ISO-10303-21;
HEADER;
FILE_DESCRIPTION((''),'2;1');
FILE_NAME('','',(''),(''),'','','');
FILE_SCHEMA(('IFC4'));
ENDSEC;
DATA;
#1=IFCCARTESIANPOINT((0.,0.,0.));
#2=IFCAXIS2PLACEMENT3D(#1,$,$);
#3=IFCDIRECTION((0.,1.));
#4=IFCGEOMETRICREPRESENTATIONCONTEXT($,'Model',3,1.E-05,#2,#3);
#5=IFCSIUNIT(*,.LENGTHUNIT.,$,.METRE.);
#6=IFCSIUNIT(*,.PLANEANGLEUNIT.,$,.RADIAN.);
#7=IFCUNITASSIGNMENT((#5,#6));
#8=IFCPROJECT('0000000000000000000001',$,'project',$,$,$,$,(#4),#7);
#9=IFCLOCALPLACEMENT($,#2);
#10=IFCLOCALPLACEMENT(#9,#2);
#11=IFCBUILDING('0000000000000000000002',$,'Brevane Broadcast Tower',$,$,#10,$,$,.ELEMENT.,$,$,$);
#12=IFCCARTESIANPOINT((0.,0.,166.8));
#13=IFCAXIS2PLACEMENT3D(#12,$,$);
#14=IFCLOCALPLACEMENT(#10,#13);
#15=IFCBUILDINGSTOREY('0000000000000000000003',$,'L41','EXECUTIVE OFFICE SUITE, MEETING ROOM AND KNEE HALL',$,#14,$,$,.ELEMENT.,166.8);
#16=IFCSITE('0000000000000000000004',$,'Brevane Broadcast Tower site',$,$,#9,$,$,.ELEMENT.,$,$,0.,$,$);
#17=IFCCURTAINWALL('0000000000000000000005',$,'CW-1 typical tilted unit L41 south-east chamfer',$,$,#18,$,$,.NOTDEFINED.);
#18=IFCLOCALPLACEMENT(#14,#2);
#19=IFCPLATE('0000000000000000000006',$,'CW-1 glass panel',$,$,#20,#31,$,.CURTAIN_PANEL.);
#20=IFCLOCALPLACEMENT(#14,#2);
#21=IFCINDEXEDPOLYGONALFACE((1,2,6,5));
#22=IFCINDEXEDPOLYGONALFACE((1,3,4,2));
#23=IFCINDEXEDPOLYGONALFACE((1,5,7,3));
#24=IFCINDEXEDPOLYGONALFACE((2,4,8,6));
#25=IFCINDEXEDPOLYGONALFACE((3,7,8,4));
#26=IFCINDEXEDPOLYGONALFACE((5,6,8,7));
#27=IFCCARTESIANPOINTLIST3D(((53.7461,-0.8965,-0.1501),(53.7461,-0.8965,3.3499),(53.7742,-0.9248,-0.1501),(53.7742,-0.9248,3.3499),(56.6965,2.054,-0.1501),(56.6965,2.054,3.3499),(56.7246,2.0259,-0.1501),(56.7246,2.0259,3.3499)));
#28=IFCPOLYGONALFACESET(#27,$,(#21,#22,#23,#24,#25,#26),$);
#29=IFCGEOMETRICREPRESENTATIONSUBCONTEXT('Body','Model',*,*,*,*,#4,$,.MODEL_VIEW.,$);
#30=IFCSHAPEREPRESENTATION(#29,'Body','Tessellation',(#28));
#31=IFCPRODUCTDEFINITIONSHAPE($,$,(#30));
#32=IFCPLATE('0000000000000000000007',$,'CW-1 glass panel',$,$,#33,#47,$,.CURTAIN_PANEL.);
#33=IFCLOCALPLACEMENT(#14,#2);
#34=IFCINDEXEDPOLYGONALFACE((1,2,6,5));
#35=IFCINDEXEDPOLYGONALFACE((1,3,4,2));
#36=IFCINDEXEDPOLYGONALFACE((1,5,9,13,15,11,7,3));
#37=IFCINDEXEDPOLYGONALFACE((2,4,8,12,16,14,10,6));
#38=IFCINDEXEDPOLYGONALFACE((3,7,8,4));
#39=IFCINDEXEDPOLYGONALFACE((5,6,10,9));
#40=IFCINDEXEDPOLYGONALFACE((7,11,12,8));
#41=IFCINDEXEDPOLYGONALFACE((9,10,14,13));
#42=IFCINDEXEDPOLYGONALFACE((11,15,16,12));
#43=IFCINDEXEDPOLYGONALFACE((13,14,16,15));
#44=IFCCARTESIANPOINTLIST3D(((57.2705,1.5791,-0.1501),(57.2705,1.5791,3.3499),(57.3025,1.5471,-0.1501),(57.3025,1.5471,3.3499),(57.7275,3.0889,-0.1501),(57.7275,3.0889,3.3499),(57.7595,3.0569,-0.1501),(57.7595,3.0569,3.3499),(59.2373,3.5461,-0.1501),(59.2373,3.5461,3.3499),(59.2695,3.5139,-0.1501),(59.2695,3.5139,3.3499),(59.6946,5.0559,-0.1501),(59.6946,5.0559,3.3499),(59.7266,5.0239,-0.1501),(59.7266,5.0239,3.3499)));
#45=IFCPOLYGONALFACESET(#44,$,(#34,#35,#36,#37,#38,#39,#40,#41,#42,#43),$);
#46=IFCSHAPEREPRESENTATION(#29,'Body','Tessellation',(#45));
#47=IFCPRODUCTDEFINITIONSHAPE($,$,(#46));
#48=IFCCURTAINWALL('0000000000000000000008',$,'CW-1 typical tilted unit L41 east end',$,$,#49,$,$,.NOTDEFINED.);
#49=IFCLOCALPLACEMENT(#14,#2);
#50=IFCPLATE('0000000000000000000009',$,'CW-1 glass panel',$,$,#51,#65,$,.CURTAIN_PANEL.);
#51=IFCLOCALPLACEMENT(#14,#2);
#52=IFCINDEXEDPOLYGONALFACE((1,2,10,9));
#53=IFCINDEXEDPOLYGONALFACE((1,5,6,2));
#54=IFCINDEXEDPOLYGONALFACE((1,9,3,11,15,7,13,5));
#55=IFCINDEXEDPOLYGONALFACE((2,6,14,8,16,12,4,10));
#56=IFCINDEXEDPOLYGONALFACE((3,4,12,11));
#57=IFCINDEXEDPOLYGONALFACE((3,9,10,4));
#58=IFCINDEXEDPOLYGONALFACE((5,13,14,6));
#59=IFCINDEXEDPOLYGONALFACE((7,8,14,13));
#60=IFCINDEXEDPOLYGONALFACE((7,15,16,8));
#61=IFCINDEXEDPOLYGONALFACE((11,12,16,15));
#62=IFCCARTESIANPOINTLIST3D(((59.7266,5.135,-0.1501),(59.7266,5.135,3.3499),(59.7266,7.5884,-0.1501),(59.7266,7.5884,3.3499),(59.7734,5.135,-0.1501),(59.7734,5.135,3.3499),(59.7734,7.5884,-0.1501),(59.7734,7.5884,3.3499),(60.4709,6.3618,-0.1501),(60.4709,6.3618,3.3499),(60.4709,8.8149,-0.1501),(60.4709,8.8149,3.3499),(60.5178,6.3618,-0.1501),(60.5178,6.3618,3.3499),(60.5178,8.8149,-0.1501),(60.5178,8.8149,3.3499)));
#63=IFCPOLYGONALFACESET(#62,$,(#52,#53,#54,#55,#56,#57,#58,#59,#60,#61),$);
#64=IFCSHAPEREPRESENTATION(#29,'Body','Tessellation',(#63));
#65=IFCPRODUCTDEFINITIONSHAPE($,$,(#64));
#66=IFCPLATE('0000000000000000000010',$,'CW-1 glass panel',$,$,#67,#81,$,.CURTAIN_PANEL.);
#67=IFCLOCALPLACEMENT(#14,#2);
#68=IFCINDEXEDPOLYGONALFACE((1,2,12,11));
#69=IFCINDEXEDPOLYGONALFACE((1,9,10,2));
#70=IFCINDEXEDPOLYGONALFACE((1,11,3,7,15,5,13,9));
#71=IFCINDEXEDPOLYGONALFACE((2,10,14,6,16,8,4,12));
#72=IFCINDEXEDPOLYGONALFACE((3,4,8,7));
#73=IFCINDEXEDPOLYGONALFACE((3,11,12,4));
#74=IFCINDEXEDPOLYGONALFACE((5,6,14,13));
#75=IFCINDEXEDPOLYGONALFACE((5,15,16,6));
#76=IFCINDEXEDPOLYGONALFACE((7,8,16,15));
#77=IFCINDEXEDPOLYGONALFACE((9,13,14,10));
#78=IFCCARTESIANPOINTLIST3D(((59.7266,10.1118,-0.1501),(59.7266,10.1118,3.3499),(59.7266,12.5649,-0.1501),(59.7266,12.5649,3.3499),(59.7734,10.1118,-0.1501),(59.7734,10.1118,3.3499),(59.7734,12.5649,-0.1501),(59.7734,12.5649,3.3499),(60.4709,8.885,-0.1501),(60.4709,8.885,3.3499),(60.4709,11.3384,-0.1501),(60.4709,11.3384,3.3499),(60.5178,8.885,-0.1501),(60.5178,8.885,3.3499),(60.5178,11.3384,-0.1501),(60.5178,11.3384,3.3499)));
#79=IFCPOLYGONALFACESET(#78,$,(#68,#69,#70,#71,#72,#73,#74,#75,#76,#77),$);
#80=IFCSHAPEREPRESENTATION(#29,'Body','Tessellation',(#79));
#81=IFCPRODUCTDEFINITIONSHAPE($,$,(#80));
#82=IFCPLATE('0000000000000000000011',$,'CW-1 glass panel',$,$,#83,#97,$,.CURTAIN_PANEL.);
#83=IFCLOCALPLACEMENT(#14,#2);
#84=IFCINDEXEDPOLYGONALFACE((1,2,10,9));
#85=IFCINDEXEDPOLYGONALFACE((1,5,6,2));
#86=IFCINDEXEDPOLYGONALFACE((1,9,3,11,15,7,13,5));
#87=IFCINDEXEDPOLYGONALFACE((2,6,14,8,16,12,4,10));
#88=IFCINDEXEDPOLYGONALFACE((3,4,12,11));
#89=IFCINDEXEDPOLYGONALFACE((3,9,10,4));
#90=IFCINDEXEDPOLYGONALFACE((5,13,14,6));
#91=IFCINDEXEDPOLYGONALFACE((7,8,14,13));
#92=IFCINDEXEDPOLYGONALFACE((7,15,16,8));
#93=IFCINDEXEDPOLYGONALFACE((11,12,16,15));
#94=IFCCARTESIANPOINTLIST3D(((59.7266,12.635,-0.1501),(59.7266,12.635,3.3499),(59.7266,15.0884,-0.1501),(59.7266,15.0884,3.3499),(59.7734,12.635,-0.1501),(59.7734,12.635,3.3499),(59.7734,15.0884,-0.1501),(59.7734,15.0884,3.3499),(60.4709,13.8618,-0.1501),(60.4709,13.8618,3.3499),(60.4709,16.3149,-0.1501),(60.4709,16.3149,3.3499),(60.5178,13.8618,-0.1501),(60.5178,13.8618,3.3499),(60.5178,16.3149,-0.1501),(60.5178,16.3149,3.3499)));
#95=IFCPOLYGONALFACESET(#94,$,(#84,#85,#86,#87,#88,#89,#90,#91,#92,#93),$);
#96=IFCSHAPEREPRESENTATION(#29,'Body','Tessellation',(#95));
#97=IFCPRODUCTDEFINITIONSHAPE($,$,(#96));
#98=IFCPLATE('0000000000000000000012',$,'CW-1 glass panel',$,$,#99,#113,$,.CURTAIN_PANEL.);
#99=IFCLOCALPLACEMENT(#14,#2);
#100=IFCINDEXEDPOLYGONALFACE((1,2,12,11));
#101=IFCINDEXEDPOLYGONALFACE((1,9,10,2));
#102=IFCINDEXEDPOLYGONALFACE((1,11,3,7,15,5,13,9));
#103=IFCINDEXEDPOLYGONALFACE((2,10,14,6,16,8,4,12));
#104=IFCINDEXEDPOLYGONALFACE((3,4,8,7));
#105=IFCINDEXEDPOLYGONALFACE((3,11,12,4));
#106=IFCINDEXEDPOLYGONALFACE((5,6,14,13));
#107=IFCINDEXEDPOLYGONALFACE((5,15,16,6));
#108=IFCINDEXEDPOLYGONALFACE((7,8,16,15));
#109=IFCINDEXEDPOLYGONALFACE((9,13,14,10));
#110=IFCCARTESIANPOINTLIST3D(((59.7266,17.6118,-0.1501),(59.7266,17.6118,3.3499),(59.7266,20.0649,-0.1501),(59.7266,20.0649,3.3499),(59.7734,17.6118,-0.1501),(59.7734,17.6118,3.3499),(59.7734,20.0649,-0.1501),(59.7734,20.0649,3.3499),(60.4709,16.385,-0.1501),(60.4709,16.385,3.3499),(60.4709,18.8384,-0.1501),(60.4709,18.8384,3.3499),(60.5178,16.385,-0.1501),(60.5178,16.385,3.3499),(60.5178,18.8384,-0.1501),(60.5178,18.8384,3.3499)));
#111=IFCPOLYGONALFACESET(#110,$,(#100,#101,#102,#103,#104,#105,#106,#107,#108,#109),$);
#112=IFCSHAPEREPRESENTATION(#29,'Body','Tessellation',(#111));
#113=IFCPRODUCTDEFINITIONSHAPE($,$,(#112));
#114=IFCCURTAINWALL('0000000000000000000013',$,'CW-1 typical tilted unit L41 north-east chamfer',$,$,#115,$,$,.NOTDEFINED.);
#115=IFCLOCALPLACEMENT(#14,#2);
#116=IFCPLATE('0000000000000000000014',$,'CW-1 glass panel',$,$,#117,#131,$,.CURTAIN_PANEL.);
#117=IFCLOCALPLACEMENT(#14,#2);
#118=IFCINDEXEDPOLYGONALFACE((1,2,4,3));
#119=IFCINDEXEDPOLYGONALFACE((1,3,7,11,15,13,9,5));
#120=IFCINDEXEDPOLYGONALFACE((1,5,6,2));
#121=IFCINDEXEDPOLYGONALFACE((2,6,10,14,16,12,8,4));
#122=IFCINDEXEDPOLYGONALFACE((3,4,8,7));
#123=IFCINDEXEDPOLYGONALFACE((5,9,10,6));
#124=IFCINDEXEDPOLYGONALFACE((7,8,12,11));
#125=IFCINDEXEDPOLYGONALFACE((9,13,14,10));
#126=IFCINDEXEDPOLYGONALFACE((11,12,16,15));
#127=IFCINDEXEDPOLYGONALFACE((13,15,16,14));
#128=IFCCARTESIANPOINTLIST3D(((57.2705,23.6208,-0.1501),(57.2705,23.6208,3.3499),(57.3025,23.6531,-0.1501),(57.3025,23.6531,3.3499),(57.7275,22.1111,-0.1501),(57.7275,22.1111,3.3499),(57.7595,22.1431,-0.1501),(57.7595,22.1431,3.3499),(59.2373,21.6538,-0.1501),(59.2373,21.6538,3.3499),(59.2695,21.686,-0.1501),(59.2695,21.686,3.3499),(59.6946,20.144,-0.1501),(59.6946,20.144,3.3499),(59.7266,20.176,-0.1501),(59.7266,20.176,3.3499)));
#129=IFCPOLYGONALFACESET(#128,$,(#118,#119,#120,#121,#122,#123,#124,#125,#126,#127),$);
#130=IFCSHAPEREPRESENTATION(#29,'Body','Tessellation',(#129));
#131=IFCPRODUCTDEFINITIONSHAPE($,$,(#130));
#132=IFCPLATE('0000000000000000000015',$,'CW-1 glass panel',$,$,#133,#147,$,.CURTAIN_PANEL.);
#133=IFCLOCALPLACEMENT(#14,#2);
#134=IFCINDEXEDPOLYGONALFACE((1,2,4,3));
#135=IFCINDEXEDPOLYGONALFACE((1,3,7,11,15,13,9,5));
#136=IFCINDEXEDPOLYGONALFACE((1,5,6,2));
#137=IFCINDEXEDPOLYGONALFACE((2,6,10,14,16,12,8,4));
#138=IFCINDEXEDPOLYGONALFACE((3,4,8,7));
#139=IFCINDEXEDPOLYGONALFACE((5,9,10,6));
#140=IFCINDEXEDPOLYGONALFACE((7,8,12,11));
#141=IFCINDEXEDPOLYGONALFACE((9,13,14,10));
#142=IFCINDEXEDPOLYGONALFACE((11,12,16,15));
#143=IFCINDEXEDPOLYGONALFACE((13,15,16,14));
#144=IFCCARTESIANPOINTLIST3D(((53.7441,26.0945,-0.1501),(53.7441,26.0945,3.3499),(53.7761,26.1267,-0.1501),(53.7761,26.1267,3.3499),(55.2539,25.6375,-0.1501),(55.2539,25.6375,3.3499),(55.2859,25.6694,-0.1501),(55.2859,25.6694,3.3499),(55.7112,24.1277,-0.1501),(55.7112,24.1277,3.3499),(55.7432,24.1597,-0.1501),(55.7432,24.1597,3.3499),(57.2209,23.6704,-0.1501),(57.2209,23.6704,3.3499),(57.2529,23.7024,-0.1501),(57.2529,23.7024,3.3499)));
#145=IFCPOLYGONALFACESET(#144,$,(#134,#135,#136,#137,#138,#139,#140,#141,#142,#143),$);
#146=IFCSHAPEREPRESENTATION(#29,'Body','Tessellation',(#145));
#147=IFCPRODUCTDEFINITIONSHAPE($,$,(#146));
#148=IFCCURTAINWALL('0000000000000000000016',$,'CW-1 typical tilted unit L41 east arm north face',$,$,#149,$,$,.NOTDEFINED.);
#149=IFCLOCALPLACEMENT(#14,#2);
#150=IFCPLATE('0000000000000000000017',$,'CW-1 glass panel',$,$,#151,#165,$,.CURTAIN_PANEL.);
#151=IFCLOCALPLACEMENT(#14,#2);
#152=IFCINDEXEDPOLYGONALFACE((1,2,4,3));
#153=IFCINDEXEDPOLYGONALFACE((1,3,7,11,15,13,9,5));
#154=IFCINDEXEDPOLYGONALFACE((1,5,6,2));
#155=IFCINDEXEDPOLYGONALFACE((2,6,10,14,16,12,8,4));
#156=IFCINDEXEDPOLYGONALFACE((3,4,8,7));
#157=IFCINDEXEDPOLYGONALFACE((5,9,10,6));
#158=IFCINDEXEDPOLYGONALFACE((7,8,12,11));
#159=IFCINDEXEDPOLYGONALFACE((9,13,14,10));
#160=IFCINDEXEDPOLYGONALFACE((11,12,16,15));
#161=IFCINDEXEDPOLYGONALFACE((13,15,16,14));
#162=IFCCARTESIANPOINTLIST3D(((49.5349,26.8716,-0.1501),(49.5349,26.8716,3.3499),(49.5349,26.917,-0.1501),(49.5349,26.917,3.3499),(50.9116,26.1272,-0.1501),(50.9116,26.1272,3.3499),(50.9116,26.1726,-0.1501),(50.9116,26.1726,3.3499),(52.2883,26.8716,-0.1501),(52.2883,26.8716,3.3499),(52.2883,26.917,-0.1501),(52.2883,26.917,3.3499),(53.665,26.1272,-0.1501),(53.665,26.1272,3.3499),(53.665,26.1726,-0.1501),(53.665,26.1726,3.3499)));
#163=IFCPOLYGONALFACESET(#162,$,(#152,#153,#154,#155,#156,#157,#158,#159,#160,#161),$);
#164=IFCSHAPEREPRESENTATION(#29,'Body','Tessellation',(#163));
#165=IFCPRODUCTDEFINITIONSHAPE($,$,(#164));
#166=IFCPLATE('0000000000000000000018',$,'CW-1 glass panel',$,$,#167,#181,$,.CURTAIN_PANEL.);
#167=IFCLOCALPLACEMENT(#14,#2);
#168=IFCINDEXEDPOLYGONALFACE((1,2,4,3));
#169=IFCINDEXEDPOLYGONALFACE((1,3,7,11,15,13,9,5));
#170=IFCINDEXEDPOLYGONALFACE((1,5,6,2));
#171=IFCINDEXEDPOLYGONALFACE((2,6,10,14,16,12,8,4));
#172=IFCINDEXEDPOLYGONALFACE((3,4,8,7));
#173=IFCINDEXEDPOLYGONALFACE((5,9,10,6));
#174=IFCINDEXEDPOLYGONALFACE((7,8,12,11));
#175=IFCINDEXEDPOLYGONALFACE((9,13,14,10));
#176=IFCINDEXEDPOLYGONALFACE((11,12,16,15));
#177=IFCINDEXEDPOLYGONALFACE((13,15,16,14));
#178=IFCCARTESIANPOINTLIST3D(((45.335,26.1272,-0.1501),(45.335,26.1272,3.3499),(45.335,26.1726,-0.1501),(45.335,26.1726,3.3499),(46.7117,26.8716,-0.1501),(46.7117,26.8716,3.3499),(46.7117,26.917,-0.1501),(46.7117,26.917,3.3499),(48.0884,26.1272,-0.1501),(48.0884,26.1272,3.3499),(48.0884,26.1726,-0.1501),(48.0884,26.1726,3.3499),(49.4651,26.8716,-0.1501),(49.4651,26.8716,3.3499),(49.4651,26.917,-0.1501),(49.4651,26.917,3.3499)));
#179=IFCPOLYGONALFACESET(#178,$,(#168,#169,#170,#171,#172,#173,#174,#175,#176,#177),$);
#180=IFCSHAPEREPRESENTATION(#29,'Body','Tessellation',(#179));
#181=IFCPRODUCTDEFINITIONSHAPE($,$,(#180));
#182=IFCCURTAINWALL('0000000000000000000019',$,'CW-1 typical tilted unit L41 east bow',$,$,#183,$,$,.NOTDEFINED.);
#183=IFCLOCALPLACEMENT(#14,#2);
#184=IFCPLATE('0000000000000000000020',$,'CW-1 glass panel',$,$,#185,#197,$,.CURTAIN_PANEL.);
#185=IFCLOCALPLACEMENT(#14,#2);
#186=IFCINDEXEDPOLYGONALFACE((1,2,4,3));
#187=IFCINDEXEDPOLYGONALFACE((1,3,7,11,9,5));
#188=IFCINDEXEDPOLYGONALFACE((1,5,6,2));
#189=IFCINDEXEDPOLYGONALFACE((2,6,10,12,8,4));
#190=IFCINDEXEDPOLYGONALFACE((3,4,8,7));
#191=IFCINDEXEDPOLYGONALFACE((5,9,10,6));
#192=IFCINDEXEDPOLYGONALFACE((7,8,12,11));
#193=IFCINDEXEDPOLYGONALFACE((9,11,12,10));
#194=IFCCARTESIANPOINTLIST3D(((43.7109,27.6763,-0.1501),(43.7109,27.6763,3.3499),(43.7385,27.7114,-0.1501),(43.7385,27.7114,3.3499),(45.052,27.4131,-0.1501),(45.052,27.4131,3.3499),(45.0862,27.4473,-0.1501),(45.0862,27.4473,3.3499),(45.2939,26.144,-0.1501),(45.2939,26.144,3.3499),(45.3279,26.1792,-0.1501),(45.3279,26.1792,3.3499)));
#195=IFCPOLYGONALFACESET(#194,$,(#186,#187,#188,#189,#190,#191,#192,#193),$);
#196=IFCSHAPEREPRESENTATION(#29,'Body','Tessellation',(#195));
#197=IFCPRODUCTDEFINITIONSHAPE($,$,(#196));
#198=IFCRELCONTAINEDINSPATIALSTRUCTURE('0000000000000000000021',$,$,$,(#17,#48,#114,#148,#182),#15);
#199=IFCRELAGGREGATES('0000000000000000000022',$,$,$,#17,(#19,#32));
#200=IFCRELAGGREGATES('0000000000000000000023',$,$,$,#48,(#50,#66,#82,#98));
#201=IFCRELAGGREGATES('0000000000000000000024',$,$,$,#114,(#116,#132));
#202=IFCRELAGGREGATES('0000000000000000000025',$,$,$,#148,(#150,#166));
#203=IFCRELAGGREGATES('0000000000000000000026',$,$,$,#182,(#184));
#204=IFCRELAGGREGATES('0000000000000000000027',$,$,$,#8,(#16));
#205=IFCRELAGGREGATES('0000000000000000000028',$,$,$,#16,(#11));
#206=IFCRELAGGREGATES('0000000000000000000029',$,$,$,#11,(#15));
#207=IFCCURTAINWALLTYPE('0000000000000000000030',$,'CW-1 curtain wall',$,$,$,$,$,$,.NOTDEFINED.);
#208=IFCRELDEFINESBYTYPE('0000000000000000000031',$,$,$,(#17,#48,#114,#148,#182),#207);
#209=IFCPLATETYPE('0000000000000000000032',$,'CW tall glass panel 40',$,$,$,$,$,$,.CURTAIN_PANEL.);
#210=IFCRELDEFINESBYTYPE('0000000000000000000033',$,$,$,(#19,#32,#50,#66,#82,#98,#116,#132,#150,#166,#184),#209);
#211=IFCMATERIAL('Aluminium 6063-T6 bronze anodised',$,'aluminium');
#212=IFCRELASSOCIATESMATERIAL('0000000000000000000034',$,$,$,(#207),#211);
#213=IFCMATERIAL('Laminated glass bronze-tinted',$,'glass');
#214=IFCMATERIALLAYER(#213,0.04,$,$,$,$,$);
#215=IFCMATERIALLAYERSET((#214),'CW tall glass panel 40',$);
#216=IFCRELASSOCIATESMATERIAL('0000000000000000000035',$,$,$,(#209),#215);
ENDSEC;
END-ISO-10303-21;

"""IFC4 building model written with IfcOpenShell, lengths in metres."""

from ifc_helpers import new_model, si_unit, direction, frame, origin, place, context, subcontext, project, spatial, polyline, outline, extrude, material, layer, layer_set, type_object, element, aggregate, save


model = new_model("IFC4")

# Units and contexts
model_context = context("Model", 3, precision=1e-05, world=origin(), true_north=direction((0.0, 1.0)))
body_context = subcontext(model_context, "Body", "Model", "MODEL_VIEW")
ifc_project = project(units=[si_unit("LENGTHUNIT", "METRE"), si_unit("PLANEANGLEUNIT", "RADIAN")], contexts=[model_context])

# Site, building, storey
site_placement = place(None, origin())
site = spatial("IfcSite", under=ifc_project, at=site_placement, Name="Brevane Broadcast Tower site", CompositionType="ELEMENT", RefElevation=0.0)
building_placement = place(site_placement, origin())
building = spatial("IfcBuilding", under=site, at=building_placement, Name="Brevane Broadcast Tower", CompositionType="ELEMENT")
storey_placement = place(building_placement, frame((0.0, 0.0, 166.8)))
storey = spatial("IfcBuildingStorey", under=building, at=storey_placement, Name="L41", Description="EXECUTIVE OFFICE SUITE, MEETING ROOM AND KNEE HALL", CompositionType="ELEMENT", Elevation=166.8)

# Curtain walls, plates
ifc_material_1 = material(Name="Aluminium 6063-T6 bronze anodised", Category="aluminium")
curtain_wall_type = type_object("IfcCurtainWallType", Name="CW-1 curtain wall", PredefinedType="NOTDEFINED", material=ifc_material_1)
ifc_material_2 = material(Name="Laminated glass bronze-tinted", Category="glass")
ifc_layer = layer(ifc_material_2, 0.04)
ifc_layer_set = layer_set([ifc_layer], Name="CW tall glass panel 40")
plate_type = type_object("IfcPlateType", Name="CW tall glass panel 40", PredefinedType="CURTAIN_PANEL", material=ifc_layer_set)
curtain_wall_1_placement = place(storey_placement, origin())
curtain_wall_1 = element("IfcCurtainWall", 1, at=curtain_wall_1_placement, inside=storey, type_object=curtain_wall_type, Name="CW-1 typical tilted unit L41 south-east chamfer", PredefinedType="NOTDEFINED")
plate_1_placement = place(storey_placement, frame((0.0, 0.0, -0.1501)))
plate_1 = element("IfcPlate", 2, at=plate_1_placement, type_object=plate_type, Name="CW-1 glass panel", PredefinedType="CURTAIN_PANEL", context=body_context, shape_type="SweptSolid", body=[
    extrude(outline(polyline([(53.7461, -0.8965), (56.6965, 2.054), (56.7246, 2.0259), (53.7742, -0.9248), (53.7461, -0.8965)])), origin(), (0.0, 0.0, 1.0), 3.5),
])
plate_2_placement = place(storey_placement, frame((0.0, 0.0, -0.1501)))
plate_2 = element("IfcPlate", 3, at=plate_2_placement, type_object=plate_type, Name="CW-1 glass panel", PredefinedType="CURTAIN_PANEL", context=body_context, shape_type="SweptSolid", body=[
    extrude(outline(polyline([(57.2705, 1.5791), (57.3025, 1.5471), (57.7595, 3.0569), (59.2695, 3.5139), (59.7266, 5.0239), (59.6946, 5.0559), (59.2373, 3.5461), (57.7275, 3.0889), (57.2705, 1.5791)])), origin(), (0.0, 0.0, 1.0), 3.5),
])
aggregate(curtain_wall_1, [plate_1, plate_2])
curtain_wall_2_placement = place(storey_placement, origin())
curtain_wall_2 = element("IfcCurtainWall", 4, at=curtain_wall_2_placement, inside=storey, type_object=curtain_wall_type, Name="CW-1 typical tilted unit L41 east end", PredefinedType="NOTDEFINED")
plate_3_placement = place(storey_placement, frame((0.0, 0.0, -0.1501)))
plate_3 = element("IfcPlate", 5, at=plate_3_placement, type_object=plate_type, Name="CW-1 glass panel", PredefinedType="CURTAIN_PANEL", context=body_context, shape_type="SweptSolid", body=[
    extrude(outline(polyline([(59.7266, 5.135), (59.7734, 5.135), (60.5178, 6.3618), (59.7734, 7.5884), (60.5178, 8.8149), (60.4709, 8.8149), (59.7266, 7.5884), (60.4709, 6.3618), (59.7266, 5.135)])), origin(), (0.0, 0.0, 1.0), 3.5),
])
plate_4_placement = place(storey_placement, frame((0.0, 0.0, -0.1501)))
plate_4 = element("IfcPlate", 6, at=plate_4_placement, type_object=plate_type, Name="CW-1 glass panel", PredefinedType="CURTAIN_PANEL", context=body_context, shape_type="SweptSolid", body=[
    extrude(outline(polyline([(60.4709, 8.885), (60.5178, 8.885), (59.7734, 10.1118), (60.5178, 11.3384), (59.7734, 12.5649), (59.7266, 12.5649), (60.4709, 11.3384), (59.7266, 10.1118), (60.4709, 8.885)])), origin(), (0.0, 0.0, 1.0), 3.5),
])
plate_5_placement = place(storey_placement, frame((0.0, 0.0, -0.1501)))
plate_5 = element("IfcPlate", 7, at=plate_5_placement, type_object=plate_type, Name="CW-1 glass panel", PredefinedType="CURTAIN_PANEL", context=body_context, shape_type="SweptSolid", body=[
    extrude(outline(polyline([(59.7266, 12.635), (59.7734, 12.635), (60.5178, 13.8618), (59.7734, 15.0884), (60.5178, 16.3149), (60.4709, 16.3149), (59.7266, 15.0884), (60.4709, 13.8618), (59.7266, 12.635)])), origin(), (0.0, 0.0, 1.0), 3.5),
])
plate_6_placement = place(storey_placement, frame((0.0, 0.0, -0.1501)))
plate_6 = element("IfcPlate", 8, at=plate_6_placement, type_object=plate_type, Name="CW-1 glass panel", PredefinedType="CURTAIN_PANEL", context=body_context, shape_type="SweptSolid", body=[
    extrude(outline(polyline([(60.4709, 16.385), (60.5178, 16.385), (59.7734, 17.6118), (60.5178, 18.8384), (59.7734, 20.0649), (59.7266, 20.0649), (60.4709, 18.8384), (59.7266, 17.6118), (60.4709, 16.385)])), origin(), (0.0, 0.0, 1.0), 3.5),
])
aggregate(curtain_wall_2, [plate_3, plate_4, plate_5, plate_6])
curtain_wall_3_placement = place(storey_placement, origin())
curtain_wall_3 = element("IfcCurtainWall", 9, at=curtain_wall_3_placement, inside=storey, type_object=curtain_wall_type, Name="CW-1 typical tilted unit L41 north-east chamfer", PredefinedType="NOTDEFINED")
plate_7_placement = place(storey_placement, frame((0.0, 0.0, -0.1501)))
plate_7 = element("IfcPlate", 10, at=plate_7_placement, type_object=plate_type, Name="CW-1 glass panel", PredefinedType="CURTAIN_PANEL", context=body_context, shape_type="SweptSolid", body=[
    extrude(outline(polyline([(59.6946, 20.144), (59.7266, 20.176), (59.2695, 21.686), (57.7595, 22.1431), (57.3025, 23.6531), (57.2705, 23.6208), (57.7275, 22.1111), (59.2373, 21.6538), (59.6946, 20.144)])), origin(), (0.0, 0.0, 1.0), 3.5),
])
plate_8_placement = place(storey_placement, frame((0.0, 0.0, -0.1501)))
plate_8 = element("IfcPlate", 11, at=plate_8_placement, type_object=plate_type, Name="CW-1 glass panel", PredefinedType="CURTAIN_PANEL", context=body_context, shape_type="SweptSolid", body=[
    extrude(outline(polyline([(57.2209, 23.6704), (57.2529, 23.7024), (55.7432, 24.1597), (55.2859, 25.6694), (53.7761, 26.1267), (53.7441, 26.0945), (55.2539, 25.6375), (55.7112, 24.1277), (57.2209, 23.6704)])), origin(), (0.0, 0.0, 1.0), 3.5),
])
aggregate(curtain_wall_3, [plate_7, plate_8])
curtain_wall_4_placement = place(storey_placement, origin())
curtain_wall_4 = element("IfcCurtainWall", 12, at=curtain_wall_4_placement, inside=storey, type_object=curtain_wall_type, Name="CW-1 typical tilted unit L41 east arm north face", PredefinedType="NOTDEFINED")
plate_9_placement = place(storey_placement, frame((0.0, 0.0, -0.1501)))
plate_9 = element("IfcPlate", 13, at=plate_9_placement, type_object=plate_type, Name="CW-1 glass panel", PredefinedType="CURTAIN_PANEL", context=body_context, shape_type="SweptSolid", body=[
    extrude(outline(polyline([(53.665, 26.1272), (53.665, 26.1726), (52.2883, 26.917), (50.9116, 26.1726), (49.5349, 26.917), (49.5349, 26.8716), (50.9116, 26.1272), (52.2883, 26.8716), (53.665, 26.1272)])), origin(), (0.0, 0.0, 1.0), 3.5),
])
plate_10_placement = place(storey_placement, frame((0.0, 0.0, -0.1501)))
plate_10 = element("IfcPlate", 14, at=plate_10_placement, type_object=plate_type, Name="CW-1 glass panel", PredefinedType="CURTAIN_PANEL", context=body_context, shape_type="SweptSolid", body=[
    extrude(outline(polyline([(49.4651, 26.8716), (49.4651, 26.917), (48.0884, 26.1726), (46.7117, 26.917), (45.335, 26.1726), (45.335, 26.1272), (46.7117, 26.8716), (48.0884, 26.1272), (49.4651, 26.8716)])), origin(), (0.0, 0.0, 1.0), 3.5),
])
aggregate(curtain_wall_4, [plate_9, plate_10])
curtain_wall_5_placement = place(storey_placement, origin())
curtain_wall_5 = element("IfcCurtainWall", 15, at=curtain_wall_5_placement, inside=storey, type_object=curtain_wall_type, Name="CW-1 typical tilted unit L41 east bow", PredefinedType="NOTDEFINED")
plate_11_placement = place(storey_placement, frame((0.0, 0.0, -0.1501)))
plate_11 = element("IfcPlate", 16, at=plate_11_placement, type_object=plate_type, Name="CW-1 glass panel", PredefinedType="CURTAIN_PANEL", context=body_context, shape_type="SweptSolid", body=[
    extrude(outline(polyline([(45.2939, 26.144), (45.3279, 26.1792), (45.0862, 27.4473), (43.7385, 27.7114), (43.7109, 27.6763), (45.052, 27.4131), (45.2939, 26.144)])), origin(), (0.0, 0.0, 1.0), 3.5),
])
aggregate(curtain_wall_5, [plate_11])

save(model, "model.ifc")
